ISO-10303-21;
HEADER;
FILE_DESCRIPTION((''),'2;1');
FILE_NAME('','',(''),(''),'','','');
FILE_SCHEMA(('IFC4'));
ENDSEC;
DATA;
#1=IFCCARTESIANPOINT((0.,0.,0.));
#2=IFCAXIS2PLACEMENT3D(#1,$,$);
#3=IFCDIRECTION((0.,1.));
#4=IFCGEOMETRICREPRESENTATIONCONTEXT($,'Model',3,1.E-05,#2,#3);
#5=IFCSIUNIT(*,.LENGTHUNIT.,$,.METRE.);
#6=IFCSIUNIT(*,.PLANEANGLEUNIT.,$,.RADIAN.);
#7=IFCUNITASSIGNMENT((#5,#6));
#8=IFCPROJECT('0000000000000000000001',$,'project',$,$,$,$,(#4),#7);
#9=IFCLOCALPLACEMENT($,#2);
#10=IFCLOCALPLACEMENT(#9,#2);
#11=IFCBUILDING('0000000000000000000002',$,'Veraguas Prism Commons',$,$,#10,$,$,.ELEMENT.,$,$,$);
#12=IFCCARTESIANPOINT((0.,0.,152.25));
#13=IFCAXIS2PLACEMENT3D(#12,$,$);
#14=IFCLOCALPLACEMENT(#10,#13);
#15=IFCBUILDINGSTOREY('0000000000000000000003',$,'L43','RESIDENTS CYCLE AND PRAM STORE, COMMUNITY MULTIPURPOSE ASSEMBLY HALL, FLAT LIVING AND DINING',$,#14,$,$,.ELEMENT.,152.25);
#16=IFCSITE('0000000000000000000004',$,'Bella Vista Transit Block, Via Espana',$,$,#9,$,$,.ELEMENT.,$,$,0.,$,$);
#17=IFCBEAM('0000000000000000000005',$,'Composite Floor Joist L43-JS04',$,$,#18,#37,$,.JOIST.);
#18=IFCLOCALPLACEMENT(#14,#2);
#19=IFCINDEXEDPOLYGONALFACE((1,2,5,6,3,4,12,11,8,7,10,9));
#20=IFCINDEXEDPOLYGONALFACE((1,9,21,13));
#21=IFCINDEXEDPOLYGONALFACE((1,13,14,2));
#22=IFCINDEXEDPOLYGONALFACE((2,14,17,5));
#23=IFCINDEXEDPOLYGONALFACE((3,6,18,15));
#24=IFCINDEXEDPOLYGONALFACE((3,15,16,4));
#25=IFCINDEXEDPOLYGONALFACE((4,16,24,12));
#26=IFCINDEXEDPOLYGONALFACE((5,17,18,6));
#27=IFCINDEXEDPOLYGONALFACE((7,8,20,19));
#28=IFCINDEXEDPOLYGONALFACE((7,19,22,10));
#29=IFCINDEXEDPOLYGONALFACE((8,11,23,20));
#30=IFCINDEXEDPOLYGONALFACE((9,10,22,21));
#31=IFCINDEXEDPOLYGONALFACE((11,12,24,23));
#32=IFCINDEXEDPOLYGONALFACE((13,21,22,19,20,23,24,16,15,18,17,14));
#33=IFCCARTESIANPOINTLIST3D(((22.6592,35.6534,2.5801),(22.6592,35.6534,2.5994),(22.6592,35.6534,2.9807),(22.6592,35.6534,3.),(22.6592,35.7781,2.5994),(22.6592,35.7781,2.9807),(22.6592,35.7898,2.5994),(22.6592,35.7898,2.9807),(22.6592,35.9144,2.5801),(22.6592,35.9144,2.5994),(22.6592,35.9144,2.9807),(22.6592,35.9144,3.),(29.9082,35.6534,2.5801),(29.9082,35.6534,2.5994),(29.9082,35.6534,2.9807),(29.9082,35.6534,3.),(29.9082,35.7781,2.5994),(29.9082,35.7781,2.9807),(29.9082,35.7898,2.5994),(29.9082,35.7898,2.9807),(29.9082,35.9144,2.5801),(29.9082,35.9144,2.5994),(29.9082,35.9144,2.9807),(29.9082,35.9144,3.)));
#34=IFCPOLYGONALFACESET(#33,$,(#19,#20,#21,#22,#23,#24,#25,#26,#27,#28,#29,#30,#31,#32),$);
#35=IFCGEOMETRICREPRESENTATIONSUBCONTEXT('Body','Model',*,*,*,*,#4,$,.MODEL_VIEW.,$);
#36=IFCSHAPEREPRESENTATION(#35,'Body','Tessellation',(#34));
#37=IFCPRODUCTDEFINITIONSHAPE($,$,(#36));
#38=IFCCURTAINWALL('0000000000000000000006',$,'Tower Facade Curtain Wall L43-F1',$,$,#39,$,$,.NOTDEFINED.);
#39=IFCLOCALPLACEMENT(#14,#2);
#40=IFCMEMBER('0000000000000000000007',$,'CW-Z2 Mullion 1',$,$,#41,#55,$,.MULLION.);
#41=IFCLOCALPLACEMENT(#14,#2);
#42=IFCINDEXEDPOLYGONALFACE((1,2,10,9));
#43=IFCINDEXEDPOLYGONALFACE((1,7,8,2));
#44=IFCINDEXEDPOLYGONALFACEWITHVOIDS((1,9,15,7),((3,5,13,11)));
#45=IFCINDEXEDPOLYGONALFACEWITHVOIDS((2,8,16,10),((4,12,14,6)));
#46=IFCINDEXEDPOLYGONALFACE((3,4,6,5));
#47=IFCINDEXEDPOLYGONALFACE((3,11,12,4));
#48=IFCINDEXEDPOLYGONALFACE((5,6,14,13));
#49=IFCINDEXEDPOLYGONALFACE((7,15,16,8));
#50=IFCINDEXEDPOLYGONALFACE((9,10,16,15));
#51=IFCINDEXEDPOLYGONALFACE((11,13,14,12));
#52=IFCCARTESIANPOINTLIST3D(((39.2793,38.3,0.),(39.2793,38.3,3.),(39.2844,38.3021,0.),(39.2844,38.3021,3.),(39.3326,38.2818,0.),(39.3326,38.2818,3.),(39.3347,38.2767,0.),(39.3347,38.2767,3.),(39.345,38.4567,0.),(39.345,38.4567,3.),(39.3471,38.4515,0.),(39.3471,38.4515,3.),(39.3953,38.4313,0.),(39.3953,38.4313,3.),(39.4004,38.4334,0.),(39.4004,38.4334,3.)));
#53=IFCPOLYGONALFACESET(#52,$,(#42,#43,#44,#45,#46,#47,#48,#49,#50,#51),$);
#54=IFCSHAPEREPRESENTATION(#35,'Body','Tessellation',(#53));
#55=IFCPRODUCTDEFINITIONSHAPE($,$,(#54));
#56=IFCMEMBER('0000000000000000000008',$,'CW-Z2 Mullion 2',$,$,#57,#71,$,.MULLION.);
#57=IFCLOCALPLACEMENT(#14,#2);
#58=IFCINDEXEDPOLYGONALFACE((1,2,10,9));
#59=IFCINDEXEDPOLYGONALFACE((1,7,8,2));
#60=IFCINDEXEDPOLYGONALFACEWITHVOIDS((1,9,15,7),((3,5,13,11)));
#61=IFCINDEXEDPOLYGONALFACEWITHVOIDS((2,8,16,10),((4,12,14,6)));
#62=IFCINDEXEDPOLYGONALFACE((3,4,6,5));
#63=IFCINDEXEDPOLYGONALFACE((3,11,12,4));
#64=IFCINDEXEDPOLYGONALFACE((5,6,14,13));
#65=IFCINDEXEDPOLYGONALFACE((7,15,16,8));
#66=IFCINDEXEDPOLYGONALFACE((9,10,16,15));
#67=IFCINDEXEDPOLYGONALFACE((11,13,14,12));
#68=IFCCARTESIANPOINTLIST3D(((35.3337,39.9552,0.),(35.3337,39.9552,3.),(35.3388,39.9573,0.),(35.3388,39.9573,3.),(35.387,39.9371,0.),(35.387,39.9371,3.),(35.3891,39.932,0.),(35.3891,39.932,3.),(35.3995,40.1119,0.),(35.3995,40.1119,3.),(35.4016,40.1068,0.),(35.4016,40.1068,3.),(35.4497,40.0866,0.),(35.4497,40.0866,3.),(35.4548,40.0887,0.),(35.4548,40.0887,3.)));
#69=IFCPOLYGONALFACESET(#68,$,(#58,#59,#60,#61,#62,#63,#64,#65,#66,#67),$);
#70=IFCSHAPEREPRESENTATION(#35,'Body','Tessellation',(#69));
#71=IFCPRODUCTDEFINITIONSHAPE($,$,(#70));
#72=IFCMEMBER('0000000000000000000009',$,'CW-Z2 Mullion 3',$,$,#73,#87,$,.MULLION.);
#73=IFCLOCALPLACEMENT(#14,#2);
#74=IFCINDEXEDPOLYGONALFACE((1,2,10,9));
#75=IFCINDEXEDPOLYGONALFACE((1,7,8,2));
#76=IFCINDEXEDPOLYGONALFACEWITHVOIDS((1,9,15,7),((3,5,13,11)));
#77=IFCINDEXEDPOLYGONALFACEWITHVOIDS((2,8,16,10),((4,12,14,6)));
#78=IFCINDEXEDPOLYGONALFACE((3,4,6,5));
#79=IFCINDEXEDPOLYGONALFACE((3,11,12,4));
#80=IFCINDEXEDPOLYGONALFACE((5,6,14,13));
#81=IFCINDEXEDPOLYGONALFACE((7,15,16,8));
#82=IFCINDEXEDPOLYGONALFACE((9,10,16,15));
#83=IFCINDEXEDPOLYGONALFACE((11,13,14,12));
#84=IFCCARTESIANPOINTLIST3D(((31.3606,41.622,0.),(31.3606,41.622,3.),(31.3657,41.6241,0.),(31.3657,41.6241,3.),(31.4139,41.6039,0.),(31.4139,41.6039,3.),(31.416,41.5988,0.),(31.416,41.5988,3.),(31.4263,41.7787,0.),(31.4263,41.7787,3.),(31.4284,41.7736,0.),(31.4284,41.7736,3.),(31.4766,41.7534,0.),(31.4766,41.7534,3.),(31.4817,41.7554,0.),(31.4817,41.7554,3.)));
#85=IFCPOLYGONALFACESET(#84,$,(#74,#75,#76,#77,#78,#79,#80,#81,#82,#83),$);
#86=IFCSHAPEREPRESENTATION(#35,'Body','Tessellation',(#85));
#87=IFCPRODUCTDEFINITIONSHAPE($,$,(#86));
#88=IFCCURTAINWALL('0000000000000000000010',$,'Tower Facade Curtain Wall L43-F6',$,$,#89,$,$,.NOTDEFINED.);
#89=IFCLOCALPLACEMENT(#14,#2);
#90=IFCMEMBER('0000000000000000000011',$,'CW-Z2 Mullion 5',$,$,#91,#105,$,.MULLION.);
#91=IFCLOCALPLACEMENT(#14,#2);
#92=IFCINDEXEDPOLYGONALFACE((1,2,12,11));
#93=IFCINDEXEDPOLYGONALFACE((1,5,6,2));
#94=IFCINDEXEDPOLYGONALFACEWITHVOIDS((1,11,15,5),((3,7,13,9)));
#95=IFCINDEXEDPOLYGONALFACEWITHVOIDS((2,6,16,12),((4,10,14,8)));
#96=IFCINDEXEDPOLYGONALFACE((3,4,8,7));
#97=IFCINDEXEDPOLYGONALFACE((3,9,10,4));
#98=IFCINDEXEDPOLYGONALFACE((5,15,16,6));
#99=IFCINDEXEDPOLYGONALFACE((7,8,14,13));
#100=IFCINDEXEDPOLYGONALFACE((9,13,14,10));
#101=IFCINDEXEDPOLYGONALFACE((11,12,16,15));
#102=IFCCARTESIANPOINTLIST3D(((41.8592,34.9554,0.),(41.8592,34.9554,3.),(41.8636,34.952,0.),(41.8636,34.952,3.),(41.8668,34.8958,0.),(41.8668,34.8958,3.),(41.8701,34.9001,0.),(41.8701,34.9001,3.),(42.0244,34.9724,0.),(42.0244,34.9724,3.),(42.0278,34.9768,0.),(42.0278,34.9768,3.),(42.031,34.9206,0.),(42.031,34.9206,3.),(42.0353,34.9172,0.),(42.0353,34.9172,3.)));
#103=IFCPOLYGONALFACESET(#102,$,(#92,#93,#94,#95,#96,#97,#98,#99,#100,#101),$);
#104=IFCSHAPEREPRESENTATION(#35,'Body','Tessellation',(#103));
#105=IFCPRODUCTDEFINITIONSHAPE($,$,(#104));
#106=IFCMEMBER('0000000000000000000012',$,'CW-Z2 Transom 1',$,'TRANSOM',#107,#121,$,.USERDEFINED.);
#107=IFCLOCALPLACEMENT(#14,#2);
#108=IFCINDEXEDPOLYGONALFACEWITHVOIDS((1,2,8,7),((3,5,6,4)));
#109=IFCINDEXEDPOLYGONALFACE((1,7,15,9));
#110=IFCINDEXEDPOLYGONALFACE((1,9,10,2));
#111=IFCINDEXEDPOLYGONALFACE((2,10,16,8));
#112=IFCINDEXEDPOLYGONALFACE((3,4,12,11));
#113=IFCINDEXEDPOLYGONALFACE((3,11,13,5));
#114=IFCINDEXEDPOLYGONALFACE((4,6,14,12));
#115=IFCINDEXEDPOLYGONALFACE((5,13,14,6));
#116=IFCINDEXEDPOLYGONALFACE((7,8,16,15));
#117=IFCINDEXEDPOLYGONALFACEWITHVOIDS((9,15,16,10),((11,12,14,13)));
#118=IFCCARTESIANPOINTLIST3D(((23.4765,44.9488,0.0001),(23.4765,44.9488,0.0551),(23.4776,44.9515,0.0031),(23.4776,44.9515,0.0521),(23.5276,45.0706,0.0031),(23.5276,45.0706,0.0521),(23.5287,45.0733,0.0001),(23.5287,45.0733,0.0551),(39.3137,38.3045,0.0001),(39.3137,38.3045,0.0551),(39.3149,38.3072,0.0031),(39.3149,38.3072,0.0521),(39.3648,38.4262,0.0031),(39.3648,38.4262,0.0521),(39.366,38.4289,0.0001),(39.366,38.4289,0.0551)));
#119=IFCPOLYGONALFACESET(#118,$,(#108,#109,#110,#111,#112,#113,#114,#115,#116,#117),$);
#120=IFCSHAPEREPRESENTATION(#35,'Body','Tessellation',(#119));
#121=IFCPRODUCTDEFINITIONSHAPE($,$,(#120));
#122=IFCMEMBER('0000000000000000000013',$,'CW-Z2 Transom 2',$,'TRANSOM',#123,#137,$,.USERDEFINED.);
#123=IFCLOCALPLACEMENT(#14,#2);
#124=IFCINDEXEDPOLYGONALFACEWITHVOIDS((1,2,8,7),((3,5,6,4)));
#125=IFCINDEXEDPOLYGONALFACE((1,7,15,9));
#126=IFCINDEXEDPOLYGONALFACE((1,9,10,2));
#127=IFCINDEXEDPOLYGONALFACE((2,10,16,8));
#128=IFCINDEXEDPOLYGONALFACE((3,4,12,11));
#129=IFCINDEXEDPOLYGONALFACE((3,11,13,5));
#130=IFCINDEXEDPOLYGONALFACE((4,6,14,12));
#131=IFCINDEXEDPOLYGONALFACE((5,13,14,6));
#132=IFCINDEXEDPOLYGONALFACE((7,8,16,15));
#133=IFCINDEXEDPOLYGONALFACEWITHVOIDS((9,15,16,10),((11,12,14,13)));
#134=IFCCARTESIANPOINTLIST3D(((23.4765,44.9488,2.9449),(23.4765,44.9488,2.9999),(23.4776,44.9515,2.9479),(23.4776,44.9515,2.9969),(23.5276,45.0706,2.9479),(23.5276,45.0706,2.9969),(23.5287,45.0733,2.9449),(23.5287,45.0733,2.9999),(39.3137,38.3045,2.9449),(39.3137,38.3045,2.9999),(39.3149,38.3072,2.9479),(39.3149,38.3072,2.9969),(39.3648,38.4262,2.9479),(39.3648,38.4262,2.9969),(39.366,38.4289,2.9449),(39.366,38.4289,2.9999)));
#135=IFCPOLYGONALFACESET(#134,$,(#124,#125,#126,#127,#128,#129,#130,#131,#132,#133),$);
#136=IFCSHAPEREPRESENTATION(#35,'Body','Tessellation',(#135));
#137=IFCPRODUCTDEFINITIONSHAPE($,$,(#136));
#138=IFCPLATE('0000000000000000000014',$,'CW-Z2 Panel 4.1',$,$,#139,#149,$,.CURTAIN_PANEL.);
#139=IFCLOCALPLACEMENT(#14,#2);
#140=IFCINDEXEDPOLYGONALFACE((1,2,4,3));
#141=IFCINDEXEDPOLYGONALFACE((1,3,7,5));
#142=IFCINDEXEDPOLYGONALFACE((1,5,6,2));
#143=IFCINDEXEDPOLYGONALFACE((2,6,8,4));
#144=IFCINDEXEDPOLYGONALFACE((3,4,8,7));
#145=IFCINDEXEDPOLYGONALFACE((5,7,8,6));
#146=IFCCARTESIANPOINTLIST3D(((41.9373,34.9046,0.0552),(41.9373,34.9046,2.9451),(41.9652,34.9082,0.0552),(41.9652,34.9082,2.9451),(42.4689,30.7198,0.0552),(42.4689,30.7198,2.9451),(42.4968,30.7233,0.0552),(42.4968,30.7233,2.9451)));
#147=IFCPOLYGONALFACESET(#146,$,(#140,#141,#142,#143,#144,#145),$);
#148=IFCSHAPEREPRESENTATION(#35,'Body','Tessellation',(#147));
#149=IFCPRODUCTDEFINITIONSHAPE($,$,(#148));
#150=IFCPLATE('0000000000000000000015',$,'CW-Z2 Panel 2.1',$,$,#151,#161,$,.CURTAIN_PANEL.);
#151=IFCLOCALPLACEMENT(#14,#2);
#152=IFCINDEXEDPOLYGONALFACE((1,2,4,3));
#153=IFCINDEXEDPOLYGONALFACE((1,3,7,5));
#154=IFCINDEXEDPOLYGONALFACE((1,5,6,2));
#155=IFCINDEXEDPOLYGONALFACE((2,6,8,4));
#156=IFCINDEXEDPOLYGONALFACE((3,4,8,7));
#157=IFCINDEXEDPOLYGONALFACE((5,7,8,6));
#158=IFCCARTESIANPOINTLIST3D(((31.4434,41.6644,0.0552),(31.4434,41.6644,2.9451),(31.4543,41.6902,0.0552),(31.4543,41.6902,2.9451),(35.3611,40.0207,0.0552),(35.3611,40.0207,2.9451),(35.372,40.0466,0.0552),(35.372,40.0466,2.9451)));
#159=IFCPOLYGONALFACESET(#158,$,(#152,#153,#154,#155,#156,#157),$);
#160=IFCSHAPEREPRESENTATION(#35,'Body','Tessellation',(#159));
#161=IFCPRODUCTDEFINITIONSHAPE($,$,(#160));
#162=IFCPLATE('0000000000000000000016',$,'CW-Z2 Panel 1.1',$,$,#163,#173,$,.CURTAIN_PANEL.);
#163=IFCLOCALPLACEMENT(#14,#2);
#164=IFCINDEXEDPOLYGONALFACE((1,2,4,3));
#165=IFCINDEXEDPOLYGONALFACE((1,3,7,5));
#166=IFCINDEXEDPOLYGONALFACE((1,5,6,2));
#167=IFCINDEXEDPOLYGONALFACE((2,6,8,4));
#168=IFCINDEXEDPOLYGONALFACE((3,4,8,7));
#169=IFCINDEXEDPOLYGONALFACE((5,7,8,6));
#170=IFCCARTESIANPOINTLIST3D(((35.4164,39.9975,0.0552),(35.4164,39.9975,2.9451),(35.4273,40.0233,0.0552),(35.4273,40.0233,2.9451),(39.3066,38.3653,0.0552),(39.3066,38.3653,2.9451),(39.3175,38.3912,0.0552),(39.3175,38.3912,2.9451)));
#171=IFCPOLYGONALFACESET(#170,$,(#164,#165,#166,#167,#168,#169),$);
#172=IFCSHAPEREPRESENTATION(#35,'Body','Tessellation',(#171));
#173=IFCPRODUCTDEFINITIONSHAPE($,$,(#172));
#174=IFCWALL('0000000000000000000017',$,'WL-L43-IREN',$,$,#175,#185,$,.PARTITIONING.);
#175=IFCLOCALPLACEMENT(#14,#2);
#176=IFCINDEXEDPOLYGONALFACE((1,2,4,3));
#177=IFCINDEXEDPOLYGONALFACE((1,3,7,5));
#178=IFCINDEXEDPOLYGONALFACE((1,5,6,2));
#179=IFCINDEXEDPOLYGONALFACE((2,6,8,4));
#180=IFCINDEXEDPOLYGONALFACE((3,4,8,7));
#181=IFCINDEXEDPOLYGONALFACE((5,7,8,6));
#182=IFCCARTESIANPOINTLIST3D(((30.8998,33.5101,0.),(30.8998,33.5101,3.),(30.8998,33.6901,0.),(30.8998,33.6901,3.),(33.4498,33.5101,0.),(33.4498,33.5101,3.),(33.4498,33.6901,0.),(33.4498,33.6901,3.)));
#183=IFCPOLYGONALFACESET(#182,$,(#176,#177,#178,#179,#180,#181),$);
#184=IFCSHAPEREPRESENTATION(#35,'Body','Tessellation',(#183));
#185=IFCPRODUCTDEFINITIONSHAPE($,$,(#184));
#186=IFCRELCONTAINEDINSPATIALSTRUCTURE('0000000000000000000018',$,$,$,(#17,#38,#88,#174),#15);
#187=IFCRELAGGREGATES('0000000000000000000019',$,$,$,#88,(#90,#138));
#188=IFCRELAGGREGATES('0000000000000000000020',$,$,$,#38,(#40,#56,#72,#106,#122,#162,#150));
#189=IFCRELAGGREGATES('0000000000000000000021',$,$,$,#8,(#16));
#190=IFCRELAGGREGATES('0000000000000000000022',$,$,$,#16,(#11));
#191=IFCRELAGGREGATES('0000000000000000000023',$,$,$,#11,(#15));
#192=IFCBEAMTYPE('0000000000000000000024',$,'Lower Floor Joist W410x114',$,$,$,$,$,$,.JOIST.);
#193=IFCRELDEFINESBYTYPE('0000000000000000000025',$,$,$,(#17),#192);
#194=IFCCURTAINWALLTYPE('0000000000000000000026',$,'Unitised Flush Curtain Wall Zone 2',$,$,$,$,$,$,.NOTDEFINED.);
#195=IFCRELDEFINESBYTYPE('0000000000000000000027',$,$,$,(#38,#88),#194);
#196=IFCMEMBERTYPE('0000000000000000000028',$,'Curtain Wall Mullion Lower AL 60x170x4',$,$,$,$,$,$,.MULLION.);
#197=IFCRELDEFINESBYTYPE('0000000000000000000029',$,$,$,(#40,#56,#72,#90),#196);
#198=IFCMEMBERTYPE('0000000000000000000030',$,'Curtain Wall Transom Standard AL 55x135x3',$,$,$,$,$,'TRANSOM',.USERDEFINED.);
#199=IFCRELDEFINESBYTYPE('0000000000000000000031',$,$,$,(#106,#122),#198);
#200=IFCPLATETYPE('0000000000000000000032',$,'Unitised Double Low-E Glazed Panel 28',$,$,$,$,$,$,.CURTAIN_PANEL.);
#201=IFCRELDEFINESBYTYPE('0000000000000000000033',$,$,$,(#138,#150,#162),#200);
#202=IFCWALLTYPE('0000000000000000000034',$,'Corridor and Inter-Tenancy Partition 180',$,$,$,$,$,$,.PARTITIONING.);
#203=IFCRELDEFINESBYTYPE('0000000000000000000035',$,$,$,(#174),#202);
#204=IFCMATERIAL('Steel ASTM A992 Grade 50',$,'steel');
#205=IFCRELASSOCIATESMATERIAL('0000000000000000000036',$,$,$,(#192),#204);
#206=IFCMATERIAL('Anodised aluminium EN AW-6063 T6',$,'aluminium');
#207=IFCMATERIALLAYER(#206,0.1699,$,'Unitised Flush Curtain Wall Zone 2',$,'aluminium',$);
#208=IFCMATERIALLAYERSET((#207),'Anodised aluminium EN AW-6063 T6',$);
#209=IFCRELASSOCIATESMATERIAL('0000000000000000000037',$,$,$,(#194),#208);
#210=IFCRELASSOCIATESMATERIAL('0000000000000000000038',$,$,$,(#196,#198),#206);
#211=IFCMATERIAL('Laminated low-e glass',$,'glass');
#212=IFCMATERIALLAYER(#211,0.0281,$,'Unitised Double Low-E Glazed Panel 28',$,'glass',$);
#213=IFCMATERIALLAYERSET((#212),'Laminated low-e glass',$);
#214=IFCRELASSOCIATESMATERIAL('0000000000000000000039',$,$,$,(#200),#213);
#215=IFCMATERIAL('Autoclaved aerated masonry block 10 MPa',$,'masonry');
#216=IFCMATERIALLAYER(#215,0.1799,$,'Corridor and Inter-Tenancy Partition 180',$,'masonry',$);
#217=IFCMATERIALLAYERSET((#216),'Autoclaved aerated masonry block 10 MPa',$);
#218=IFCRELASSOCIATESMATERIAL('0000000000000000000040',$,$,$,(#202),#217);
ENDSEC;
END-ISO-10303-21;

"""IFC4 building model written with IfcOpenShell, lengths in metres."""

from ifc_helpers import new_model, si_unit, direction, frame, frame_2d, origin, origin_2d, place, context, subcontext, project, spatial, rectangle, hollow_rectangle, i_section, extrude, source, transform, mapped, material, layer, layer_set, material_profile, profile_set, type_object, element, aggregate, save


model = new_model("IFC4")

# Units and contexts
model_context = context("Model", 3, precision=1e-05, world=origin(), true_north=direction((0.0, 1.0)))
body_context = subcontext(model_context, "Body", "Model", "MODEL_VIEW")
ifc_project = project(units=[si_unit("LENGTHUNIT", "METRE"), si_unit("PLANEANGLEUNIT", "RADIAN")], contexts=[model_context])

# Site, building, storey
site_placement = place(None, origin())
site = spatial("IfcSite", under=ifc_project, at=site_placement, Name="Bella Vista Transit Block, Via Espana", CompositionType="ELEMENT", RefElevation=0.0)
building_placement = place(site_placement, origin())
building = spatial("IfcBuilding", under=site, at=building_placement, Name="Veraguas Prism Commons", CompositionType="ELEMENT")
storey_placement = place(building_placement, frame((0.0, 0.0, 152.25)))
storey = spatial("IfcBuildingStorey", under=building, at=storey_placement, Name="L43", Description="RESIDENTS CYCLE AND PRAM STORE, COMMUNITY MULTIPURPOSE ASSEMBLY HALL, FLAT LIVING AND DINING", CompositionType="ELEMENT", Elevation=152.25)

# Beam
ifc_material_1 = material(Name="Steel ASTM A992 Grade 50", Category="steel")
ifc_material_profile_1 = material_profile(ifc_material_1, i_section(OverallWidth=0.261, OverallDepth=0.4199, WebThickness=0.0117, FlangeThickness=0.0193, at=origin_2d()), Name="W410X114")
ifc_profile_set_1 = profile_set([ifc_material_profile_1], Name="Steel ASTM A992 Grade 50")
beam_type = type_object("IfcBeamType", Name="Lower Floor Joist W410x114", PredefinedType="JOIST", material=ifc_profile_set_1)
beam_placement = place(storey_placement, frame((29.9082, 35.7839, 2.79), z_axis=(-1.0, 0.0, 0.0), x_axis=(0.0, -1.0, 0.0)))
element("IfcBeam", 1, at=beam_placement, inside=storey, type_object=beam_type, Name="Composite Floor Joist L43-JS04", PredefinedType="JOIST", context=body_context, shape_type="SweptSolid", body=[
    extrude(i_section(OverallWidth=0.261, OverallDepth=0.4199, WebThickness=0.0117, FlangeThickness=0.0193, at=origin_2d()), origin(), (0.0, 0.0, 1.0), 7.249),
])

# Curtain wall, members
ifc_material_2 = material(Name="Anodised aluminium EN AW-6063 T6", Category="aluminium")
ifc_layer_1 = layer(ifc_material_2, 0.1699, Name="Unitised Flush Curtain Wall Zone 2", Category="aluminium")
ifc_layer_set_1 = layer_set([ifc_layer_1], Name="Anodised aluminium EN AW-6063 T6")
curtain_wall_type = type_object("IfcCurtainWallType", Name="Unitised Flush Curtain Wall Zone 2", PredefinedType="NOTDEFINED", material=ifc_layer_set_1)
curtain_wall_1_placement = place(storey_placement, origin())
curtain_wall_1 = element("IfcCurtainWall", 2, at=curtain_wall_1_placement, inside=storey, type_object=curtain_wall_type, Name="Tower Facade Curtain Wall L43-F1", PredefinedType="NOTDEFINED")
ifc_material_profile_2 = material_profile(ifc_material_2, hollow_rectangle(XDim=0.0601, YDim=0.1699, WallThickness=0.0039, at=origin_2d()), Name="AL60X170X4")
ifc_profile_set_2 = profile_set([ifc_material_profile_2], Name="Anodised aluminium EN AW-6063 T6")
member_type_1 = type_object("IfcMemberType", Name="Curtain Wall Mullion Lower AL 60x170x4", PredefinedType="MULLION", material=ifc_profile_set_2)
shared_shape_1 = source(origin(), body_context, "Body", "SweptSolid", [
    extrude(hollow_rectangle(XDim=0.0601, YDim=0.1699, WallThickness=0.0039, at=origin_2d()), origin(), (0.0, 0.0, 1.0), 3.0),
])
member_1_placement = place(storey_placement, frame((39.3398, 38.3667, 0.0), z_axis=(0.0, 0.0, 1.0), x_axis=(-0.922132, 0.386875, 0.0)))
member_1 = element("IfcMember", 3, at=member_1_placement, type_object=member_type_1, Name="CW-Z2 Mullion 1", PredefinedType="MULLION", context=body_context, shape_type="MappedRepresentation", body=[
    mapped(shared_shape_1, transform((0.0, 0.0, 0.0), scale=1.0)),
])
member_2_placement = place(storey_placement, frame((35.3943, 40.022, 0.0), z_axis=(0.0, 0.0, 1.0), x_axis=(-0.922132, 0.386875, 0.0)))
member_2 = element("IfcMember", 4, at=member_2_placement, type_object=member_type_1, Name="CW-Z2 Mullion 2", PredefinedType="MULLION", context=body_context, shape_type="MappedRepresentation", body=[
    mapped(shared_shape_1, transform((0.0, 0.0, 0.0), scale=1.0)),
])
member_3_placement = place(storey_placement, frame((31.4211, 41.6887, 0.0), z_axis=(0.0, 0.0, 1.0), x_axis=(-0.922132, 0.386875, 0.0)))
member_3 = element("IfcMember", 5, at=member_3_placement, type_object=member_type_1, Name="CW-Z2 Mullion 3", PredefinedType="MULLION", context=body_context, shape_type="MappedRepresentation", body=[
    mapped(shared_shape_1, transform((0.0, 0.0, 0.0), scale=1.0)),
])

# Curtain wall, member
curtain_wall_2_placement = place(storey_placement, origin())
curtain_wall_2 = element("IfcCurtainWall", 6, at=curtain_wall_2_placement, inside=storey, type_object=curtain_wall_type, Name="Tower Facade Curtain Wall L43-F6", PredefinedType="NOTDEFINED")
member_4_placement = place(storey_placement, frame((41.9473, 34.9363, 0.0), z_axis=(0.0, 0.0, 1.0), x_axis=(-0.126021, 0.992028, 0.0)))
member_4 = element("IfcMember", 7, at=member_4_placement, type_object=member_type_1, Name="CW-Z2 Mullion 5", PredefinedType="MULLION", context=body_context, shape_type="MappedRepresentation", body=[
    mapped(shared_shape_1, transform((0.0, 0.0, 0.0), scale=1.0)),
])

# Members
ifc_material_profile_3 = material_profile(ifc_material_2, hollow_rectangle(XDim=0.0549, YDim=0.135, WallThickness=0.0029, at=origin_2d()), Name="AL55X135X3")
ifc_profile_set_3 = profile_set([ifc_material_profile_3], Name="Anodised aluminium EN AW-6063 T6")
member_type_2 = type_object("IfcMemberType", Name="Curtain Wall Transom Standard AL 55x135x3", ElementType="TRANSOM", PredefinedType="USERDEFINED", material=ifc_profile_set_3)
shared_shape_2 = source(origin(), body_context, "Body", "SweptSolid", [
    extrude(hollow_rectangle(XDim=0.0549, YDim=0.135, WallThickness=0.0029, at=origin_2d()), origin(), (0.0, 0.0, 1.0), 17.1746),
])
member_5_placement = place(storey_placement, frame((39.3398, 38.3667, 0.0276), z_axis=(-0.922134, 0.38687, 0.0), x_axis=(0.0, 0.0, 1.0)))
member_5 = element("IfcMember", 8, at=member_5_placement, type_object=member_type_2, Name="CW-Z2 Transom 1", ObjectType="TRANSOM", PredefinedType="USERDEFINED", context=body_context, shape_type="MappedRepresentation", body=[
    mapped(shared_shape_2, transform((0.0, 0.0, 0.0), scale=1.0)),
])
member_6_placement = place(storey_placement, frame((39.3398, 38.3667, 2.9724), z_axis=(-0.922134, 0.38687, 0.0), x_axis=(0.0, 0.0, 1.0)))
member_6 = element("IfcMember", 9, at=member_6_placement, type_object=member_type_2, Name="CW-Z2 Transom 2", ObjectType="TRANSOM", PredefinedType="USERDEFINED", context=body_context, shape_type="MappedRepresentation", body=[
    mapped(shared_shape_2, transform((0.0, 0.0, 0.0), scale=1.0)),
])

# Plates
ifc_material_3 = material(Name="Laminated low-e glass", Category="glass")
ifc_layer_2 = layer(ifc_material_3, 0.0281, Name="Unitised Double Low-E Glazed Panel 28", Category="glass")
ifc_layer_set_2 = layer_set([ifc_layer_2], Name="Laminated low-e glass")
plate_type = type_object("IfcPlateType", Name="Unitised Double Low-E Glazed Panel 28", PredefinedType="CURTAIN_PANEL", material=ifc_layer_set_2)
shared_shape_3 = source(origin(), body_context, "Body", "SweptSolid", [
    extrude(rectangle(XDim=4.2185, YDim=0.0281, at=origin_2d()), origin(), (0.0, 0.0, 1.0), 2.8899),
])
plate_1_placement = place(storey_placement, frame((42.217, 32.814, 0.0552), z_axis=(0.0, 0.0, 1.0), x_axis=(-0.126021, 0.992028, 0.0)))
plate_1 = element("IfcPlate", 10, at=plate_1_placement, type_object=plate_type, Name="CW-Z2 Panel 4.1", PredefinedType="CURTAIN_PANEL", context=body_context, shape_type="MappedRepresentation", body=[
    mapped(shared_shape_3, transform((0.0, 0.0, 0.0), scale=1.0)),
])
aggregate(curtain_wall_2, [member_4, plate_1])
shared_shape_4 = source(origin(), body_context, "Body", "SweptSolid", [
    extrude(rectangle(XDim=4.2485, YDim=0.0281, at=origin_2d()), origin(), (0.0, 0.0, 1.0), 2.8899),
])
plate_2_placement = place(storey_placement, frame((33.4077, 40.8555, 0.0552), z_axis=(0.0, 0.0, 1.0), x_axis=(-0.922132, 0.386875, 0.0)))
plate_2 = element("IfcPlate", 11, at=plate_2_placement, type_object=plate_type, Name="CW-Z2 Panel 2.1", PredefinedType="CURTAIN_PANEL", context=body_context, shape_type="MappedRepresentation", body=[
    mapped(shared_shape_4, transform((0.0, 0.0, 0.0), scale=1.0)),
])
shared_shape_5 = source(origin(), body_context, "Body", "SweptSolid", [
    extrude(rectangle(XDim=4.2188, YDim=0.0281, at=origin_2d()), origin(), (0.0, 0.0, 1.0), 2.8899),
])
plate_3_placement = place(storey_placement, frame((37.3669, 39.1943, 0.0552), z_axis=(0.0, 0.0, 1.0), x_axis=(-0.922132, 0.386875, 0.0)))
plate_3 = element("IfcPlate", 12, at=plate_3_placement, type_object=plate_type, Name="CW-Z2 Panel 1.1", PredefinedType="CURTAIN_PANEL", context=body_context, shape_type="MappedRepresentation", body=[
    mapped(shared_shape_5, transform((0.0, 0.0, 0.0), scale=1.0)),
])
aggregate(curtain_wall_1, [member_1, member_2, member_3, member_5, member_6, plate_3, plate_2])

# Wall
ifc_material_4 = material(Name="Autoclaved aerated masonry block 10 MPa", Category="masonry")
ifc_layer_3 = layer(ifc_material_4, 0.1799, Name="Corridor and Inter-Tenancy Partition 180", Category="masonry")
ifc_layer_set_3 = layer_set([ifc_layer_3], Name="Autoclaved aerated masonry block 10 MPa")
wall_type_1 = type_object("IfcWallType", Name="Corridor and Inter-Tenancy Partition 180", PredefinedType="PARTITIONING", material=ifc_layer_set_3)
wall_1_placement = place(storey_placement, frame((30.8999, 33.6001, 0.0), z_axis=(0.0, 0.0, 1.0), x_axis=(1.0, 0.0, 0.0)))
element("IfcWall", 13, at=wall_1_placement, inside=storey, type_object=wall_type_1, Name="WL-L43-IREN", PredefinedType="PARTITIONING", context=body_context, shape_type="SweptSolid", body=[
    extrude(rectangle(XDim=2.55, YDim=0.1799, at=frame_2d((1.2749, 0.0))), origin(), (0.0, 0.0, 1.0), 3.0),
])

save(model, "model.ifc")
